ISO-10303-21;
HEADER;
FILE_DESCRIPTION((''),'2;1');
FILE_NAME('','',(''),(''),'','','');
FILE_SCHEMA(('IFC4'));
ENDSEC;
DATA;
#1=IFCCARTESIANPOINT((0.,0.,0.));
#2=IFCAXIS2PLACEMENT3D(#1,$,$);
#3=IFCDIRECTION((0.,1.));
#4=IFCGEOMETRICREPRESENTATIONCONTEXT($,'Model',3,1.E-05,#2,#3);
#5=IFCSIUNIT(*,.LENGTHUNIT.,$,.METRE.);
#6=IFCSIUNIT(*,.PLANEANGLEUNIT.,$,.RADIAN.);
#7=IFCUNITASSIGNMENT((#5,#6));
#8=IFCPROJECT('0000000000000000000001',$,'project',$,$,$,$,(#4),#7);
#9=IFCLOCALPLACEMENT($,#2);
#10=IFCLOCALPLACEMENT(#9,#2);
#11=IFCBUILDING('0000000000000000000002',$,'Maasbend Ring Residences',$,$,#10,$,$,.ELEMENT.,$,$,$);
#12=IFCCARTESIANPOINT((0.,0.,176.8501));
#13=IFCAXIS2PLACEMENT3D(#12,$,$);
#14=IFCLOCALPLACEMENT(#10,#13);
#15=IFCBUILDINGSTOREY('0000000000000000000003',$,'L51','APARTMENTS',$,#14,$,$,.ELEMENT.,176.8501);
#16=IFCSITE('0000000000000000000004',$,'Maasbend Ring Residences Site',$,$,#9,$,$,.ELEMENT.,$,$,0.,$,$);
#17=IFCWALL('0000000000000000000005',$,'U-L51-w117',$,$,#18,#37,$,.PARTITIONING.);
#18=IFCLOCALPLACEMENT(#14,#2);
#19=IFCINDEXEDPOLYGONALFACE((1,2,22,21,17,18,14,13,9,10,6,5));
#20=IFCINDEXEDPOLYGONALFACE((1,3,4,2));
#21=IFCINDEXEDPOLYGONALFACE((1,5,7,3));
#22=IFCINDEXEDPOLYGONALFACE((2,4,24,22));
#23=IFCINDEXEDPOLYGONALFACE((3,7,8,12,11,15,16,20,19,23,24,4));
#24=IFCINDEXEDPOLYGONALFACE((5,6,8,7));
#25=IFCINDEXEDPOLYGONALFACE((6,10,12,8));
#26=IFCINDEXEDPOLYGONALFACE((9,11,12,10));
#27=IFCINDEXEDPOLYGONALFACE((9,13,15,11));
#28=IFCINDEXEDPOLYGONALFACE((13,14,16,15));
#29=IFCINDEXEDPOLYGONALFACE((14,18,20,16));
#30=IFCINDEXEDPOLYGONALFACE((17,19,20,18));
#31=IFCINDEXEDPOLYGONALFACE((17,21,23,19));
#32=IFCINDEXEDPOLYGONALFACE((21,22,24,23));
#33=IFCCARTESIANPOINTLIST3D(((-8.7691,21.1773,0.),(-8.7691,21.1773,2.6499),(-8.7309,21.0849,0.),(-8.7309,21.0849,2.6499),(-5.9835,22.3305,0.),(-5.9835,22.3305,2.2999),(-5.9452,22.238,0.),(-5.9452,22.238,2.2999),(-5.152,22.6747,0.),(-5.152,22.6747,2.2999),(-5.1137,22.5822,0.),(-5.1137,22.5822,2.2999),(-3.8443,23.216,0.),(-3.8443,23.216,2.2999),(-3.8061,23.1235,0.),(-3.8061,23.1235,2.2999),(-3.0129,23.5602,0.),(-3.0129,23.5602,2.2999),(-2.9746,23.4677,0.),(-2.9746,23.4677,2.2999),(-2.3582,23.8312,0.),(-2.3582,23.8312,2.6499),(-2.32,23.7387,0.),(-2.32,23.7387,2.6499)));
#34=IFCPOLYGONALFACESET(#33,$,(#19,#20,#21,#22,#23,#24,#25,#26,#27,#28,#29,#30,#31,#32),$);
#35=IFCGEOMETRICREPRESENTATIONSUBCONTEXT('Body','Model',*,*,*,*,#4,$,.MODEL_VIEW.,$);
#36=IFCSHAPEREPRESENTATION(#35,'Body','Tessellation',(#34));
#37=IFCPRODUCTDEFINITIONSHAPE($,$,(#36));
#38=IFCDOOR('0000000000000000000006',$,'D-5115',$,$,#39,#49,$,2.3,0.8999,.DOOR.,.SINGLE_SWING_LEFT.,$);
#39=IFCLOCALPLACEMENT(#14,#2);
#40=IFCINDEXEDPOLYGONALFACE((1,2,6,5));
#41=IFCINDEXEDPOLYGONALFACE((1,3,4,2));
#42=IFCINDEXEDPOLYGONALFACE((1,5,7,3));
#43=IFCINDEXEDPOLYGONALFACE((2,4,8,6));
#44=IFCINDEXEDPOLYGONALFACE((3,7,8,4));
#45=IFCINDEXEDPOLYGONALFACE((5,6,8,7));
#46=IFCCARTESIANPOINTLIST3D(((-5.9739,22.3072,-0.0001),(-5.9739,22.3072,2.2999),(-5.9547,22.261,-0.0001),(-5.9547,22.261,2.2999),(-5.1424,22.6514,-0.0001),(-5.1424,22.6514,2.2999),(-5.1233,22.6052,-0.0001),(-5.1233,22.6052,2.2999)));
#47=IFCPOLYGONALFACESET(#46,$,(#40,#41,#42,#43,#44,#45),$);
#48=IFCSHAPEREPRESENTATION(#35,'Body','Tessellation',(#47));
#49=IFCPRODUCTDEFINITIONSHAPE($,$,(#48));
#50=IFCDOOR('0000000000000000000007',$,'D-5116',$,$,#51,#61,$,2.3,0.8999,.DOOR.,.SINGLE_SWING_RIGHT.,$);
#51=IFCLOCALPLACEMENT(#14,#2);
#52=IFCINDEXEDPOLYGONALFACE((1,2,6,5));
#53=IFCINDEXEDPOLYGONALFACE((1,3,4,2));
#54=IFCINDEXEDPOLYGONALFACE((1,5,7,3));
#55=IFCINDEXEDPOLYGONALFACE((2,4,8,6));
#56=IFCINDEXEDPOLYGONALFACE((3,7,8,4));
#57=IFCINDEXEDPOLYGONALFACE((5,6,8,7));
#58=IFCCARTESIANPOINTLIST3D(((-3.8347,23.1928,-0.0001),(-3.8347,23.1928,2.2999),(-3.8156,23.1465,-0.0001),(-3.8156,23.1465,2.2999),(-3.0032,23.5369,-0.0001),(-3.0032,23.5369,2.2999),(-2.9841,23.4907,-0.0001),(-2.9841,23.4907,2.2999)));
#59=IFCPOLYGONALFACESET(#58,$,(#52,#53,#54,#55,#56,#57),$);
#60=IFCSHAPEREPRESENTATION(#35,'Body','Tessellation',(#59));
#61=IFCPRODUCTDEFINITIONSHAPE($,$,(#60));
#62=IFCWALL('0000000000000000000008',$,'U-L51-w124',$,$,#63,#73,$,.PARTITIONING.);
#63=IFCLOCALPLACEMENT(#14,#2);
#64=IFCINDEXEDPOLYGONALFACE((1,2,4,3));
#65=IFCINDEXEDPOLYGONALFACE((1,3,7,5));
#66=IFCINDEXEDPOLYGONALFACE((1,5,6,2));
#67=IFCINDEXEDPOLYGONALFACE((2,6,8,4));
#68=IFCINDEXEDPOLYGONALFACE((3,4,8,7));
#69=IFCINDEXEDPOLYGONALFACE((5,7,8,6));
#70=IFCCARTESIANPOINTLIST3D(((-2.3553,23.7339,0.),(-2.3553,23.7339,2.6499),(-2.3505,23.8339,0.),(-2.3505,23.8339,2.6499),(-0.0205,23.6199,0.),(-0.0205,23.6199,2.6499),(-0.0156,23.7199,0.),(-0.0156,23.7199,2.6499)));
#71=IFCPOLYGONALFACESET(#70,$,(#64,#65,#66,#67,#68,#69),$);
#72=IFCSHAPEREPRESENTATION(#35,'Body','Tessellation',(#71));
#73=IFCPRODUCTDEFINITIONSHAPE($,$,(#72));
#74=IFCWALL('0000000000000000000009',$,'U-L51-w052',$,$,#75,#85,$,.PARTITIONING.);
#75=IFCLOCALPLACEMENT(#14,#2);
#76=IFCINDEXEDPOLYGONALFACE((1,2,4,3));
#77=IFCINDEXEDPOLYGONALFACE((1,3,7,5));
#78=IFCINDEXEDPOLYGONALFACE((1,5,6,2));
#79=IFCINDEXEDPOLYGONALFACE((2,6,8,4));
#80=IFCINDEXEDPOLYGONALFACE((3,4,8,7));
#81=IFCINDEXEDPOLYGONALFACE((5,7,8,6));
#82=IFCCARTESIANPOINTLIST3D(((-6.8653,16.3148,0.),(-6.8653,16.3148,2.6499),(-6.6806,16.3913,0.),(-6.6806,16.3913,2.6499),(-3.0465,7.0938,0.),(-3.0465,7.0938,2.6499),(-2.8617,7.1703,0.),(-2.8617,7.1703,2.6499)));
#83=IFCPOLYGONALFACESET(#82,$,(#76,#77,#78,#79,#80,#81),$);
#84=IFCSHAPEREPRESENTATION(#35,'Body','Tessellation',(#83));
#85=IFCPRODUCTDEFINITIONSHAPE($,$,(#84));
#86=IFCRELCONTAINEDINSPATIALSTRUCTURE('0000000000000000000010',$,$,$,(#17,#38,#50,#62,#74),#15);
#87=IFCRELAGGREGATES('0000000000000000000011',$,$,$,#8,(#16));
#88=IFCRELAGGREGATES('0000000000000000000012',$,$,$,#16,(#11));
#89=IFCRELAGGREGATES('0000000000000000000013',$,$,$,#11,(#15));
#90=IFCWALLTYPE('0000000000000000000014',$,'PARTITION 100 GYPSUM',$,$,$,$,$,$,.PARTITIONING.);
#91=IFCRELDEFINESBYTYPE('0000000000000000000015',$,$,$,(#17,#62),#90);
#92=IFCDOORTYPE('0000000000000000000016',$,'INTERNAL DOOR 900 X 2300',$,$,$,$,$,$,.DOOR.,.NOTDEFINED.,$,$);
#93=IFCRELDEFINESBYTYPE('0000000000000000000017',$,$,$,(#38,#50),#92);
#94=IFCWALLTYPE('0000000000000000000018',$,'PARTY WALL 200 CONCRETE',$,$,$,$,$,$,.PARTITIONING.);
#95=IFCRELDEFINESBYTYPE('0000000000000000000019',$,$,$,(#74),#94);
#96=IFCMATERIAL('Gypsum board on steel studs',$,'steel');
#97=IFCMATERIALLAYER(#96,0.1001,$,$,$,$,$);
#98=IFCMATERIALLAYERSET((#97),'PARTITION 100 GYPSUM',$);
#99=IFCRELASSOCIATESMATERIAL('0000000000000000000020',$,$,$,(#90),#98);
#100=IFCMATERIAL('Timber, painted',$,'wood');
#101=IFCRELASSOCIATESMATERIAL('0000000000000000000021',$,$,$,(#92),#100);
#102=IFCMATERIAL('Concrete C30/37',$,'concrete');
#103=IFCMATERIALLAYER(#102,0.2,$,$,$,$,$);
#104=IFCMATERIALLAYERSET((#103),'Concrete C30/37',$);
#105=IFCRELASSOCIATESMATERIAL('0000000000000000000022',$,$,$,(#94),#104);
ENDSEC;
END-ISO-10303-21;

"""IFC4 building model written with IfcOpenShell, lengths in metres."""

from ifc_helpers import new_model, si_unit, direction, frame, frame_2d, origin, place, context, subcontext, project, spatial, rectangle, extrude, material, layer, layer_set, type_object, element, fill, save


model = new_model("IFC4")

# Units and contexts
model_context = context("Model", 3, precision=1e-05, world=origin(), true_north=direction((0.0, 1.0)))
body_context = subcontext(model_context, "Body", "Model", "MODEL_VIEW")
ifc_project = project(units=[si_unit("LENGTHUNIT", "METRE"), si_unit("PLANEANGLEUNIT", "RADIAN")], contexts=[model_context])

# Site, building, storey
site_placement = place(None, origin())
site = spatial("IfcSite", under=ifc_project, at=site_placement, Name="Maasbend Ring Residences Site", CompositionType="ELEMENT", RefElevation=0.0)
building_placement = place(site_placement, origin())
building = spatial("IfcBuilding", under=site, at=building_placement, Name="Maasbend Ring Residences", CompositionType="ELEMENT")
storey_placement = place(building_placement, frame((0.0, 0.0, 176.8501)))
storey = spatial("IfcBuildingStorey", under=building, at=storey_placement, Name="L51", Description="APARTMENTS", CompositionType="ELEMENT", Elevation=176.8501)

# Shared definitions
ifc_material_1 = material(Name="Gypsum board on steel studs", Category="steel")
ifc_layer_1 = layer(ifc_material_1, 0.1001)
ifc_layer_set_1 = layer_set([ifc_layer_1], Name="PARTITION 100 GYPSUM")
wall_type_1 = type_object("IfcWallType", Name="PARTITION 100 GYPSUM", PredefinedType="PARTITIONING", material=ifc_layer_set_1)
ifc_material_2 = material(Name="Timber, painted", Category="wood")
door_type_1 = type_object("IfcDoorType", Name="INTERNAL DOOR 900 X 2300", OperationType="NOTDEFINED", PredefinedType="DOOR", material=ifc_material_2)

# Wall, openings, doors
wall_1_placement = place(storey_placement, frame((-8.75, 21.1311, 0.0), z_axis=(0.0, 0.0, 1.0), x_axis=(0.923965, 0.382478, 0.0)))
wall_1 = element("IfcWall", 1, at=wall_1_placement, inside=storey, type_object=wall_type_1, Name="U-L51-w117", PredefinedType="PARTITIONING", context=body_context, shape_type="SweptSolid", body=[
    extrude(rectangle(XDim=6.9385, YDim=0.1001, at=frame_2d((3.4692, 0.0))), origin(), (0.0, 0.0, 1.0), 2.6499),
])
opening_1_placement = place(wall_1_placement, frame((3.0149, 0.0, 0.0)))
opening_1 = element("IfcOpeningElement", 2, at=opening_1_placement, cuts=wall_1, PredefinedType="OPENING", context=body_context, shape_type="SweptSolid", body=[
    extrude(rectangle(XDim=0.8999, YDim=2.3, at=frame_2d((0.45, 1.1499))), frame((0.0, 0.0601, 0.0), z_axis=(0.0, -1.0, 0.0), x_axis=(1.0, 0.0, 0.0)), (0.0, 0.0, 1.0), 0.1201),
])
opening_2_placement = place(wall_1_placement, frame((5.3301, 0.0, 0.0)))
opening_2 = element("IfcOpeningElement", 3, at=opening_2_placement, cuts=wall_1, PredefinedType="OPENING", context=body_context, shape_type="SweptSolid", body=[
    extrude(rectangle(XDim=0.8999, YDim=2.3, at=frame_2d((0.45, 1.1499))), frame((0.0, 0.0601, 0.0), z_axis=(0.0, -1.0, 0.0), x_axis=(1.0, 0.0, 0.0)), (0.0, 0.0, 1.0), 0.1201),
])
door_1_placement = place(opening_1_placement, origin())
door_1 = element("IfcDoor", 4, at=door_1_placement, inside=storey, type_object=door_type_1, Name="D-5115", OperationType="SINGLE_SWING_LEFT", OverallHeight=2.3, OverallWidth=0.8999, PredefinedType="DOOR", context=body_context, shape_type="SweptSolid", body=[
    extrude(rectangle(XDim=0.8999, YDim=2.3, at=frame_2d((0.45, 1.1499))), frame((0.0, 0.0249, 0.0), z_axis=(0.0, -1.0, 0.0), x_axis=(1.0, 0.0, 0.0)), (0.0, 0.0, 1.0), 0.05),
])
fill(opening_1, door_1)
door_2_placement = place(opening_2_placement, origin())
door_2 = element("IfcDoor", 5, at=door_2_placement, inside=storey, type_object=door_type_1, Name="D-5116", OperationType="SINGLE_SWING_RIGHT", OverallHeight=2.3, OverallWidth=0.8999, PredefinedType="DOOR", context=body_context, shape_type="SweptSolid", body=[
    extrude(rectangle(XDim=0.8999, YDim=2.3, at=frame_2d((0.45, 1.1499))), frame((0.0, 0.0249, 0.0), z_axis=(0.0, -1.0, 0.0), x_axis=(1.0, 0.0, 0.0)), (0.0, 0.0, 1.0), 0.05),
])
fill(opening_2, door_2)

# Walls
wall_2_placement = place(storey_placement, frame((-2.353, 23.7839, 0.0), z_axis=(0.0, 0.0, 1.0), x_axis=(0.99881, -0.048771, 0.0)))
element("IfcWall", 6, at=wall_2_placement, inside=storey, type_object=wall_type_1, Name="U-L51-w124", PredefinedType="PARTITIONING", context=body_context, shape_type="SweptSolid", body=[
    extrude(rectangle(XDim=2.3376, YDim=0.1001, at=frame_2d((1.1689, 0.0))), origin(), (0.0, 0.0, 1.0), 2.6499),
])
ifc_material_3 = material(Name="Concrete C30/37", Category="concrete")
ifc_layer_2 = layer(ifc_material_3, 0.2)
ifc_layer_set_2 = layer_set([ifc_layer_2], Name="Concrete C30/37")
wall_type_2 = type_object("IfcWallType", Name="PARTY WALL 200 CONCRETE", PredefinedType="PARTITIONING", material=ifc_layer_set_2)
wall_3_placement = place(storey_placement, frame((-6.7729, 16.353, 0.0), z_axis=(0.0, 0.0, 1.0), x_axis=(0.382633, -0.923901, 0.0)))
element("IfcWall", 7, at=wall_3_placement, inside=storey, type_object=wall_type_2, Name="U-L51-w052", PredefinedType="PARTITIONING", context=body_context, shape_type="SweptSolid", body=[
    extrude(rectangle(XDim=9.9805, YDim=0.2, at=frame_2d((4.9902, 0.0))), origin(), (0.0, 0.0, 1.0), 2.6499),
])

save(model, "model.ifc")
